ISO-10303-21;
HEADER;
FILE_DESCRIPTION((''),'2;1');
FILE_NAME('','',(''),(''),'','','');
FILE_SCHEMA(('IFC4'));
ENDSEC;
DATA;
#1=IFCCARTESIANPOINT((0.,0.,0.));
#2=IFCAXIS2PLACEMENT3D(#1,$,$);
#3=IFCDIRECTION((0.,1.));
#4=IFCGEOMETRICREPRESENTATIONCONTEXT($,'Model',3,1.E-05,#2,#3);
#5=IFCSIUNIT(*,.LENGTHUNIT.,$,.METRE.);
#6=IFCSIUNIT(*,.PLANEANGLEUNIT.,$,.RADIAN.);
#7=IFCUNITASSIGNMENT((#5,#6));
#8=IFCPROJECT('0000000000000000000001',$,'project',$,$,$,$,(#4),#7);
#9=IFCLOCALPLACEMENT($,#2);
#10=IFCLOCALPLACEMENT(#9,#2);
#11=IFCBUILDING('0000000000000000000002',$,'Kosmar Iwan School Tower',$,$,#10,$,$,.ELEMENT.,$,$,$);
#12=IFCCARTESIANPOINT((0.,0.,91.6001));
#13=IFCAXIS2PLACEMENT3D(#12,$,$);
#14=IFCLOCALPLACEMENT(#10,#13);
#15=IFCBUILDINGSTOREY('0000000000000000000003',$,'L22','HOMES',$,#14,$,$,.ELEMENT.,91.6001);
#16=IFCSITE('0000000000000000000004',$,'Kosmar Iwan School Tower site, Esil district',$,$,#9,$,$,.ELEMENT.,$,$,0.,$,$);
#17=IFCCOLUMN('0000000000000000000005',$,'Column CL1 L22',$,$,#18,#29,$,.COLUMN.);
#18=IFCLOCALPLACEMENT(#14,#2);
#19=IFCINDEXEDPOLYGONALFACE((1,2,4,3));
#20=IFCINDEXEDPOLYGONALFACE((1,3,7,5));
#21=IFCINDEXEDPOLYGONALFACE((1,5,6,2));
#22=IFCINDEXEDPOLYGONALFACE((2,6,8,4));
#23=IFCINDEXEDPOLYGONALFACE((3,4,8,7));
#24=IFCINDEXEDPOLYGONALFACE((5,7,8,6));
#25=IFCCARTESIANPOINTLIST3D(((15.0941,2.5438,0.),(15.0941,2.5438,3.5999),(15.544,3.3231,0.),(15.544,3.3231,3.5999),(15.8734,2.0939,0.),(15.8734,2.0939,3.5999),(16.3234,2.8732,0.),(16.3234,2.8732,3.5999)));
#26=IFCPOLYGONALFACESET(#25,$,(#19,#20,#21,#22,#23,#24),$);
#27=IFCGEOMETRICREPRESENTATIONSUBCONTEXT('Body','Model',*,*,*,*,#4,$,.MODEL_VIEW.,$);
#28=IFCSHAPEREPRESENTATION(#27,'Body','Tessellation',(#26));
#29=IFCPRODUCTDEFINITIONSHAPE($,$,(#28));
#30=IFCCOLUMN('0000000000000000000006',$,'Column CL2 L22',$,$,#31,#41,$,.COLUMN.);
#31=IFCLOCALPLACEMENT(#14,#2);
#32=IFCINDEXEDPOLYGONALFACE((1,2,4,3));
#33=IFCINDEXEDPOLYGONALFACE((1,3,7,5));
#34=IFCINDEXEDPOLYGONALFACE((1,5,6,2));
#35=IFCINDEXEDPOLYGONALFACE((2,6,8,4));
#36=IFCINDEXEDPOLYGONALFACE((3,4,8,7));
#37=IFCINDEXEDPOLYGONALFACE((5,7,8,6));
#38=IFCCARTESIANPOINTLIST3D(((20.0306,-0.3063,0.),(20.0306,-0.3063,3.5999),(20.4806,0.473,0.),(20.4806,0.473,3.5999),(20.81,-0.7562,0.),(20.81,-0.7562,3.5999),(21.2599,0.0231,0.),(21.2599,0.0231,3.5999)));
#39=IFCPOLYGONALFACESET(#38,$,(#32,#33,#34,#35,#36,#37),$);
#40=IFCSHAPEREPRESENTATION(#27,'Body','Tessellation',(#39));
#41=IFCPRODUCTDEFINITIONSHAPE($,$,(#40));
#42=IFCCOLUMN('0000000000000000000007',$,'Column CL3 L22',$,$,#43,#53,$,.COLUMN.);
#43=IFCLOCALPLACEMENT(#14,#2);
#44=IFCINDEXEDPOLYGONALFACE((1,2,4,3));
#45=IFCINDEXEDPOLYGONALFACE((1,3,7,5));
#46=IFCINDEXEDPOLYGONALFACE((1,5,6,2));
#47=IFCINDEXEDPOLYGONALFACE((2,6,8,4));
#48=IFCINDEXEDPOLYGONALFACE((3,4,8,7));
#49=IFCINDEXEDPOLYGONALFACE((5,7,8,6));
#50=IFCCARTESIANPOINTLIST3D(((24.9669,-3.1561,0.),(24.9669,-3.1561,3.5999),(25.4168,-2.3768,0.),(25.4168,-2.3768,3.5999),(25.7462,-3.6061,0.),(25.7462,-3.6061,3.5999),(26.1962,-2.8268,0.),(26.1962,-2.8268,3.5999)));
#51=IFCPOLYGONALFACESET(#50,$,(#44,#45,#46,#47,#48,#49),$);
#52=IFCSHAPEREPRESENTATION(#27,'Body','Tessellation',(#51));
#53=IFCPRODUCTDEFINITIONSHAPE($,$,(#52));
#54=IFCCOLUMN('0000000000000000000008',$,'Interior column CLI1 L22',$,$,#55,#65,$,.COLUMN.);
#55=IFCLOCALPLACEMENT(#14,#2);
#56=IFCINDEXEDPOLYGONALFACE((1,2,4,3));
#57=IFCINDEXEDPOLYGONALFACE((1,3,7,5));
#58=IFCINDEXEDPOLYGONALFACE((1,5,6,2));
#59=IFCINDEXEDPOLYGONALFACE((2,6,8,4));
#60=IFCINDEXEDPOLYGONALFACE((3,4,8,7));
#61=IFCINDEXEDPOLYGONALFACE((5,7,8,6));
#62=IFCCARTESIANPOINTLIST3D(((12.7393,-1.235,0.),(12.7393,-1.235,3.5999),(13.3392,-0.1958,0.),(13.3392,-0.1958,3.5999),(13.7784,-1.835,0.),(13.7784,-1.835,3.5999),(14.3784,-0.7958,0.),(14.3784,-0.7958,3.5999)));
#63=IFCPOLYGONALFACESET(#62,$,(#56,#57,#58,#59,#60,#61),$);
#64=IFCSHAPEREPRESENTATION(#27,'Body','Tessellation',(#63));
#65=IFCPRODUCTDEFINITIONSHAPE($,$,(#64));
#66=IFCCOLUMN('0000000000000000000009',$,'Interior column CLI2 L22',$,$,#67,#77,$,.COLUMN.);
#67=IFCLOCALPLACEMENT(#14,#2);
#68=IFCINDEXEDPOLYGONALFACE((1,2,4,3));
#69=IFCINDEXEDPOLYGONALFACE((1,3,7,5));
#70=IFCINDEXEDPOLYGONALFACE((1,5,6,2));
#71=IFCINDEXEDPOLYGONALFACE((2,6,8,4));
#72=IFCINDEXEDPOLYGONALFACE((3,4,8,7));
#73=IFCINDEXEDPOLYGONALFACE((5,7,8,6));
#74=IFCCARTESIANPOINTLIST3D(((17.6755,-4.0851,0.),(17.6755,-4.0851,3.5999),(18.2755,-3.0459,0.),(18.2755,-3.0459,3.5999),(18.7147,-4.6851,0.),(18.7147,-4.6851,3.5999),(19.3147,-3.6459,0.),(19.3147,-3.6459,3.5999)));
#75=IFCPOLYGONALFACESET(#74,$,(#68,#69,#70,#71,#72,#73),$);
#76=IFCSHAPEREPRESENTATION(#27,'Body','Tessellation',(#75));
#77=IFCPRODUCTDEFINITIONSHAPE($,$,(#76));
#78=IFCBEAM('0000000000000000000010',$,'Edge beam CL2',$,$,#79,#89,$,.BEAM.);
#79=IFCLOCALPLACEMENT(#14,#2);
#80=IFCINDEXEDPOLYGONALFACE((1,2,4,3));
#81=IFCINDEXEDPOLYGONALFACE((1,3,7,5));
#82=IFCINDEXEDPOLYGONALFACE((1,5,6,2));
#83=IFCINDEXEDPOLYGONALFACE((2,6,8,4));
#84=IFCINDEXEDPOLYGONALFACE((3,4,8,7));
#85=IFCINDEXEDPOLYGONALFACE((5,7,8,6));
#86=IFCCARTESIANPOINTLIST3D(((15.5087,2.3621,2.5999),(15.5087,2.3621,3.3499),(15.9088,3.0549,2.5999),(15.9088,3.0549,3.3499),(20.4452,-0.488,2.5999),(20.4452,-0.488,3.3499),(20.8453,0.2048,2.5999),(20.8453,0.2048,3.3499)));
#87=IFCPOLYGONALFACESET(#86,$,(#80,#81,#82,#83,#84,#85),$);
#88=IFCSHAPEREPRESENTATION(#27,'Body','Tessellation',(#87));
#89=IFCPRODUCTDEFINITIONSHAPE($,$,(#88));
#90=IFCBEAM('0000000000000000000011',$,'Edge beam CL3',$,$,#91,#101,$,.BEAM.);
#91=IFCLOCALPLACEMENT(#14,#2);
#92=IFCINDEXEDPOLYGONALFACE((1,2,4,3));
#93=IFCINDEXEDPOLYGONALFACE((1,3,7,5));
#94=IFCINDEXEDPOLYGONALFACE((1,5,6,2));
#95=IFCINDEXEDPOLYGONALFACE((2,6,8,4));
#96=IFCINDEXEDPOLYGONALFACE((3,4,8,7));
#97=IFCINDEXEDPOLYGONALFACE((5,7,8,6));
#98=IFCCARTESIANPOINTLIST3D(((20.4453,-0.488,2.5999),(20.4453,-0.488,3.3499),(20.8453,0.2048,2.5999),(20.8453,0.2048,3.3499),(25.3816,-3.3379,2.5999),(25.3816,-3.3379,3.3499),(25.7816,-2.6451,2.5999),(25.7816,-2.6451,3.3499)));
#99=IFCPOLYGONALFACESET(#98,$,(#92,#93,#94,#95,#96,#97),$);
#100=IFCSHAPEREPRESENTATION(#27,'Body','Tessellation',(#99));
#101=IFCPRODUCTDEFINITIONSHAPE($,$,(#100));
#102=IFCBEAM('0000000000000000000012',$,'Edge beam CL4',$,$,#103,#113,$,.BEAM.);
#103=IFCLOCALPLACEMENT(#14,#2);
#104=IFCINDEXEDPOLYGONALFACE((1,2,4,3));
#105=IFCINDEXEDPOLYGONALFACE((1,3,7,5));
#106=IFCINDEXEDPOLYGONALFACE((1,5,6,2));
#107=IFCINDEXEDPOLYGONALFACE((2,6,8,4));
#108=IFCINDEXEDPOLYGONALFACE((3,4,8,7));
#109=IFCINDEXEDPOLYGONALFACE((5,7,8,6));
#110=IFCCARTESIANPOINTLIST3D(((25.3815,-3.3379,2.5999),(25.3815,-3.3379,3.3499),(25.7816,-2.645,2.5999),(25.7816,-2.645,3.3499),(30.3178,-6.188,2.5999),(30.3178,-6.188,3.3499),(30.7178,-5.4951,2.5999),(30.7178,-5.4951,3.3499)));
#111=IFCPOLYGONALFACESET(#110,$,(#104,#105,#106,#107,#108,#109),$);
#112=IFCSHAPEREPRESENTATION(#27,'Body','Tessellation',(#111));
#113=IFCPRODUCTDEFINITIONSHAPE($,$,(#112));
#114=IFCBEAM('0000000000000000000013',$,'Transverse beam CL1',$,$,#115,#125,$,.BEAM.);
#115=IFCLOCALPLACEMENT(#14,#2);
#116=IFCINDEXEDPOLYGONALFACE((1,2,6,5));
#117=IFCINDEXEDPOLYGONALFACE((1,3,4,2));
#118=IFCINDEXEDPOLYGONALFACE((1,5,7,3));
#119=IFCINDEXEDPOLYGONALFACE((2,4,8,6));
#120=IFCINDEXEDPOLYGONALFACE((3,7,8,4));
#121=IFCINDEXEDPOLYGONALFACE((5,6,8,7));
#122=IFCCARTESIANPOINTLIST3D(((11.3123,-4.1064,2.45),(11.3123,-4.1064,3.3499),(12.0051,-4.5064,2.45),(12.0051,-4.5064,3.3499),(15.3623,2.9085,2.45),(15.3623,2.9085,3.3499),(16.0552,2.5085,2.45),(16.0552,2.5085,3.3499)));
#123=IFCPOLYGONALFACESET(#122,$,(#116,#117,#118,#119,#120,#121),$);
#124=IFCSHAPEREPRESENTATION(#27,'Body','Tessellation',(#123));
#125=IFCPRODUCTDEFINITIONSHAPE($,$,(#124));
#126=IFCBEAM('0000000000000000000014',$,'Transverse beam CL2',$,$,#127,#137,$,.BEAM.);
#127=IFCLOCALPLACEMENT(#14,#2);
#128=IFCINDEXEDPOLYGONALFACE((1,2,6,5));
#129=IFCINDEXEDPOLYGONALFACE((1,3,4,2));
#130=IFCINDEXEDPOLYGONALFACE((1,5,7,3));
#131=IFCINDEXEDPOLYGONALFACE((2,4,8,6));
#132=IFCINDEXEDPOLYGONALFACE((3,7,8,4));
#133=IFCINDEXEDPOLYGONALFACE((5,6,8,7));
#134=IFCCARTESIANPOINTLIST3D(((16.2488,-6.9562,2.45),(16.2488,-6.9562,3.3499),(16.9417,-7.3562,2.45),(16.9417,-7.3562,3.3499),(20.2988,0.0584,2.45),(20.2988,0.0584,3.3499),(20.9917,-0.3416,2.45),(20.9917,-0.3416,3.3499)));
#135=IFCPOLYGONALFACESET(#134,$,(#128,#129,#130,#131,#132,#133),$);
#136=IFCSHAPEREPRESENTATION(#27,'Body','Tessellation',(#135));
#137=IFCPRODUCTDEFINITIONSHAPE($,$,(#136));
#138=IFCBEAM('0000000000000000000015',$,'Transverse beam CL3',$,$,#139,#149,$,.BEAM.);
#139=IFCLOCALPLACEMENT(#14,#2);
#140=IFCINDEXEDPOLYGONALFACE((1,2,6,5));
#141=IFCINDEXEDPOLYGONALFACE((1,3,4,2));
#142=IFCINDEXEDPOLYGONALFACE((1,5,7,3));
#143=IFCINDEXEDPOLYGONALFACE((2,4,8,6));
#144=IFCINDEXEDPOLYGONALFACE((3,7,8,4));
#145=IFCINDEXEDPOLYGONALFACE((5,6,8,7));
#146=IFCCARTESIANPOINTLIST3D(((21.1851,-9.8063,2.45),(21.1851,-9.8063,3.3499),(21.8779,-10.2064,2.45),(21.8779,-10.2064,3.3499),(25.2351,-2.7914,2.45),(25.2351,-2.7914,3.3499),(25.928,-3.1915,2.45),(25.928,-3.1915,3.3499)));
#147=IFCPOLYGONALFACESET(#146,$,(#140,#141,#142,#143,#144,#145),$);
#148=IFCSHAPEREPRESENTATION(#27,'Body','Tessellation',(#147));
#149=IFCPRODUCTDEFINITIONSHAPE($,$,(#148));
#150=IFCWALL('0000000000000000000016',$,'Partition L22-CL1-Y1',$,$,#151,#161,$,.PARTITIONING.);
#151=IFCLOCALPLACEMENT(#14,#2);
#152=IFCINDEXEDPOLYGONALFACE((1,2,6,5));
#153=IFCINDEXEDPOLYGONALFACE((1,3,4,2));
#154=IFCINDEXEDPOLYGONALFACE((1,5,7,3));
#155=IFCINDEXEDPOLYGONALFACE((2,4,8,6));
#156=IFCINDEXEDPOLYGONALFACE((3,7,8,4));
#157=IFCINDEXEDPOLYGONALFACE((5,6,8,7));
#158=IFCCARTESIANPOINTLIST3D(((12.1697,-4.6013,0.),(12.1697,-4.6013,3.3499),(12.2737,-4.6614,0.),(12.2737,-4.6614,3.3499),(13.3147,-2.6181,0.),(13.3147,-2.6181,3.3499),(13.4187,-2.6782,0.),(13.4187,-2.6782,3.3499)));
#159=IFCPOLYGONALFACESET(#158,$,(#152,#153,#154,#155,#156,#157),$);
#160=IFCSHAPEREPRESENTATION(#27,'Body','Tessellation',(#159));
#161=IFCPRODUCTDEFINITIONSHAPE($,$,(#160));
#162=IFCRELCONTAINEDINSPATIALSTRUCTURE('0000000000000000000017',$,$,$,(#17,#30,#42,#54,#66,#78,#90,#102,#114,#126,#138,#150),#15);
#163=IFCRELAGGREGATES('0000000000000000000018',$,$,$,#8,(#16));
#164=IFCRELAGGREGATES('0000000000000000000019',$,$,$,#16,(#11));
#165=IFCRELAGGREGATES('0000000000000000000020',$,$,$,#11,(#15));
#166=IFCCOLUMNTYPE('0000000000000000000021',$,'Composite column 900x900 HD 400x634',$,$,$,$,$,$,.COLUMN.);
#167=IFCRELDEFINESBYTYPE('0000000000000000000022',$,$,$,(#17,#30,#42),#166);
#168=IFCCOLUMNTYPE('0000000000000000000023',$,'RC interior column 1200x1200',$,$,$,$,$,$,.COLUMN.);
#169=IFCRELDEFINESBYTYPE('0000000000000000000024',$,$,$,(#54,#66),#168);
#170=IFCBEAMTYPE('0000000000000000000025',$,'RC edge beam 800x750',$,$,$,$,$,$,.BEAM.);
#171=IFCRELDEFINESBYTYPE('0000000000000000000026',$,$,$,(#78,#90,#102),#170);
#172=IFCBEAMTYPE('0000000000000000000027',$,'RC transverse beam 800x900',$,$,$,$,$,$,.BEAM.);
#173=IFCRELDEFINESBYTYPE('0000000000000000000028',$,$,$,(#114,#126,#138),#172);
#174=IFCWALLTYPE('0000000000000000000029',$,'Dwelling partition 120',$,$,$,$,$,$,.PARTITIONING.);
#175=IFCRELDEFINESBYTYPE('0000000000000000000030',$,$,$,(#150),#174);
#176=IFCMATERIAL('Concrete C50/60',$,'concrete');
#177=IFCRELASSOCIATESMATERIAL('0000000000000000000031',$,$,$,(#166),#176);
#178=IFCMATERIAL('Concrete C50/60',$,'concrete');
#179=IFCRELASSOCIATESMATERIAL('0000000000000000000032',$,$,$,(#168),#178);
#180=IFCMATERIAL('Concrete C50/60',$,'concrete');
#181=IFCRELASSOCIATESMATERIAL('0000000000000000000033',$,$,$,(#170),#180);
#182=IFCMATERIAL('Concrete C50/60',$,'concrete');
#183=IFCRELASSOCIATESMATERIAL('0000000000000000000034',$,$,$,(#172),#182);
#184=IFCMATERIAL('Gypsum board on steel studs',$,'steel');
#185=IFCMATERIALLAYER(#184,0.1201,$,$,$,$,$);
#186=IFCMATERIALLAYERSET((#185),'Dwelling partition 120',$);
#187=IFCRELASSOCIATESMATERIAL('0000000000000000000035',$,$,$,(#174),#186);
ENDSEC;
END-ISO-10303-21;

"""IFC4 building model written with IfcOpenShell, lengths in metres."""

from ifc_helpers import new_model, si_unit, direction, frame, frame_2d, origin, origin_2d, place, context, subcontext, project, spatial, rectangle, extrude, material, layer, layer_set, material_profile, profile_set, type_object, element, save


model = new_model("IFC4")

# Units and contexts
model_context = context("Model", 3, precision=1e-05, world=origin(), true_north=direction((0.0, 1.0)))
body_context = subcontext(model_context, "Body", "Model", "MODEL_VIEW")
ifc_project = project(units=[si_unit("LENGTHUNIT", "METRE"), si_unit("PLANEANGLEUNIT", "RADIAN")], contexts=[model_context])

# Site, building, storey
site_placement = place(None, origin())
site = spatial("IfcSite", under=ifc_project, at=site_placement, Name="Kosmar Iwan School Tower site, Esil district", CompositionType="ELEMENT", RefElevation=0.0)
building_placement = place(site_placement, origin())
building = spatial("IfcBuilding", under=site, at=building_placement, Name="Kosmar Iwan School Tower", CompositionType="ELEMENT")
storey_placement = place(building_placement, frame((0.0, 0.0, 91.6001)))
storey = spatial("IfcBuildingStorey", under=building, at=storey_placement, Name="L22", Description="HOMES", CompositionType="ELEMENT", Elevation=91.6001)

# Columns
ifc_material_1 = material(Name="Concrete C50/60", Category="concrete")
ifc_material_profile_1 = material_profile(ifc_material_1, rectangle(XDim=0.8999, YDim=0.8999, at=origin_2d()), Name="RC 900x900 + HD 400x634")
ifc_profile_set_1 = profile_set([ifc_material_profile_1], Name="Concrete C50/60")
column_type_1 = type_object("IfcColumnType", Name="Composite column 900x900 HD 400x634", PredefinedType="COLUMN", material=ifc_profile_set_1)
for number, where, z_axis, x_axis, name in (
    (1, (15.7087, 2.7085, 0.0), (0.0, 0.0, 1.0), (0.866025, -0.5, 0.0), "Column CL1 L22"),
    (2, (20.6453, -0.1416, 0.0), (0.0, 0.0, 1.0), (0.866025, -0.5, 0.0), "Column CL2 L22"),
    (3, (25.5815, -2.9915, 0.0), (0.0, 0.0, 1.0), (0.866025, -0.5, 0.0), "Column CL3 L22"),
):
    element("IfcColumn", number, at=place(storey_placement, frame(where, z_axis=z_axis, x_axis=x_axis)), inside=storey, type_object=column_type_1, Name=name, PredefinedType="COLUMN", context=body_context, shape_type="SweptSolid", body=[
        extrude(rectangle(XDim=0.8999, YDim=0.8999, at=origin_2d()), origin(), (0.0, 0.0, 1.0), 3.5999),
    ])
ifc_material_2 = material(Name="Concrete C50/60", Category="concrete")
ifc_material_profile_2 = material_profile(ifc_material_2, rectangle(XDim=1.2, YDim=1.2, at=origin_2d()), Name="RC 1200x1200")
ifc_profile_set_2 = profile_set([ifc_material_profile_2], Name="Concrete C50/60")
column_type_2 = type_object("IfcColumnType", Name="RC interior column 1200x1200", PredefinedType="COLUMN", material=ifc_profile_set_2)
for number, where, z_axis, x_axis, name in (
    (4, (13.5588, -1.0154, 0.0), (0.0, 0.0, 1.0), (0.866025, -0.5, 0.0), "Interior column CLI1 L22"),
    (5, (18.4951, -3.8655, 0.0), (0.0, 0.0, 1.0), (0.866025, -0.5, 0.0), "Interior column CLI2 L22"),
):
    element("IfcColumn", number, at=place(storey_placement, frame(where, z_axis=z_axis, x_axis=x_axis)), inside=storey, type_object=column_type_2, Name=name, PredefinedType="COLUMN", context=body_context, shape_type="SweptSolid", body=[
        extrude(rectangle(XDim=1.2, YDim=1.2, at=origin_2d()), origin(), (0.0, 0.0, 1.0), 3.5999),
    ])

# Beams
ifc_material_3 = material(Name="Concrete C50/60", Category="concrete")
ifc_material_profile_3 = material_profile(ifc_material_3, rectangle(XDim=0.8, YDim=0.75, at=origin_2d()), Name="RC 800x750")
ifc_profile_set_3 = profile_set([ifc_material_profile_3], Name="Concrete C50/60")
beam_type_1 = type_object("IfcBeamType", Name="RC edge beam 800x750", PredefinedType="BEAM", material=ifc_profile_set_3)
beam_1_placement = place(storey_placement, frame((15.7087, 2.7085, 2.9749), z_axis=(0.866026, -0.499999, 0.0), x_axis=(0.499999, 0.866026, 0.0)))
element("IfcBeam", 6, at=beam_1_placement, inside=storey, type_object=beam_type_1, Name="Edge beam CL2", PredefinedType="BEAM", context=body_context, shape_type="SweptSolid", body=[
    extrude(rectangle(XDim=0.8, YDim=0.75, at=origin_2d()), origin(), (0.0, 0.0, 1.0), 5.7002),
])
for number, where, z_axis, x_axis, name in (
    (7, (20.6453, -0.1416, 2.9749), (0.866034, -0.499986, 0.0), (0.499986, 0.866034, 0.0), "Edge beam CL3"),
    (8, (25.5815, -2.9915, 2.9749), (0.866015, -0.500018, 0.0), (0.500018, 0.866015, 0.0), "Edge beam CL4"),
):
    element("IfcBeam", number, at=place(storey_placement, frame(where, z_axis=z_axis, x_axis=x_axis)), inside=storey, type_object=beam_type_1, Name=name, PredefinedType="BEAM", context=body_context, shape_type="SweptSolid", body=[
        extrude(rectangle(XDim=0.8, YDim=0.75, at=origin_2d()), origin(), (0.0, 0.0, 1.0), 5.7),
    ])
ifc_material_4 = material(Name="Concrete C50/60", Category="concrete")
ifc_material_profile_4 = material_profile(ifc_material_4, rectangle(XDim=0.8, YDim=0.8999, at=origin_2d()), Name="RC 800x900")
ifc_profile_set_4 = profile_set([ifc_material_profile_4], Name="Concrete C50/60")
beam_type_2 = type_object("IfcBeamType", Name="RC transverse beam 800x900", PredefinedType="BEAM", material=ifc_profile_set_4)
beam_2_placement = place(storey_placement, frame((15.7087, 2.7085, 2.8999), z_axis=(-0.5, -0.866025, 0.0), x_axis=(0.866025, -0.5, 0.0)))
element("IfcBeam", 9, at=beam_2_placement, inside=storey, type_object=beam_type_2, Name="Transverse beam CL1", PredefinedType="BEAM", context=body_context, shape_type="SweptSolid", body=[
    extrude(rectangle(XDim=0.8, YDim=0.8999, at=origin_2d()), origin(), (0.0, 0.0, 1.0), 8.1001),
])
beam_3_placement = place(storey_placement, frame((20.6453, -0.1416, 2.8999), z_axis=(-0.500013, -0.866018, 0.0), x_axis=(0.866018, -0.500013, 0.0)))
element("IfcBeam", 10, at=beam_3_placement, inside=storey, type_object=beam_type_2, Name="Transverse beam CL2", PredefinedType="BEAM", context=body_context, shape_type="SweptSolid", body=[
    extrude(rectangle(XDim=0.8, YDim=0.8999, at=origin_2d()), origin(), (0.0, 0.0, 1.0), 8.0999),
])
beam_4_placement = place(storey_placement, frame((25.5815, -2.9915, 2.8999), z_axis=(-0.5, -0.866025, 0.0), x_axis=(0.866025, -0.5, 0.0)))
element("IfcBeam", 11, at=beam_4_placement, inside=storey, type_object=beam_type_2, Name="Transverse beam CL3", PredefinedType="BEAM", context=body_context, shape_type="SweptSolid", body=[
    extrude(rectangle(XDim=0.8, YDim=0.8999, at=origin_2d()), origin(), (0.0, 0.0, 1.0), 8.1001),
])

# Wall
ifc_material_5 = material(Name="Gypsum board on steel studs", Category="steel")
ifc_layer = layer(ifc_material_5, 0.1201)
ifc_layer_set = layer_set([ifc_layer], Name="Dwelling partition 120")
wall_type = type_object("IfcWallType", Name="Dwelling partition 120", PredefinedType="PARTITIONING", material=ifc_layer_set)
wall_1_placement = place(storey_placement, frame((12.2217, -4.6313, 0.0), z_axis=(0.0, 0.0, 1.0), x_axis=(0.500015, 0.866017, 0.0)))
element("IfcWall", 12, at=wall_1_placement, inside=storey, type_object=wall_type, Name="Partition L22-CL1-Y1", PredefinedType="PARTITIONING", context=body_context, shape_type="SweptSolid", body=[
    extrude(rectangle(XDim=2.29, YDim=0.1201, at=frame_2d((1.145, 0.0))), origin(), (0.0, 0.0, 1.0), 3.3499),
])

save(model, "model.ifc")
